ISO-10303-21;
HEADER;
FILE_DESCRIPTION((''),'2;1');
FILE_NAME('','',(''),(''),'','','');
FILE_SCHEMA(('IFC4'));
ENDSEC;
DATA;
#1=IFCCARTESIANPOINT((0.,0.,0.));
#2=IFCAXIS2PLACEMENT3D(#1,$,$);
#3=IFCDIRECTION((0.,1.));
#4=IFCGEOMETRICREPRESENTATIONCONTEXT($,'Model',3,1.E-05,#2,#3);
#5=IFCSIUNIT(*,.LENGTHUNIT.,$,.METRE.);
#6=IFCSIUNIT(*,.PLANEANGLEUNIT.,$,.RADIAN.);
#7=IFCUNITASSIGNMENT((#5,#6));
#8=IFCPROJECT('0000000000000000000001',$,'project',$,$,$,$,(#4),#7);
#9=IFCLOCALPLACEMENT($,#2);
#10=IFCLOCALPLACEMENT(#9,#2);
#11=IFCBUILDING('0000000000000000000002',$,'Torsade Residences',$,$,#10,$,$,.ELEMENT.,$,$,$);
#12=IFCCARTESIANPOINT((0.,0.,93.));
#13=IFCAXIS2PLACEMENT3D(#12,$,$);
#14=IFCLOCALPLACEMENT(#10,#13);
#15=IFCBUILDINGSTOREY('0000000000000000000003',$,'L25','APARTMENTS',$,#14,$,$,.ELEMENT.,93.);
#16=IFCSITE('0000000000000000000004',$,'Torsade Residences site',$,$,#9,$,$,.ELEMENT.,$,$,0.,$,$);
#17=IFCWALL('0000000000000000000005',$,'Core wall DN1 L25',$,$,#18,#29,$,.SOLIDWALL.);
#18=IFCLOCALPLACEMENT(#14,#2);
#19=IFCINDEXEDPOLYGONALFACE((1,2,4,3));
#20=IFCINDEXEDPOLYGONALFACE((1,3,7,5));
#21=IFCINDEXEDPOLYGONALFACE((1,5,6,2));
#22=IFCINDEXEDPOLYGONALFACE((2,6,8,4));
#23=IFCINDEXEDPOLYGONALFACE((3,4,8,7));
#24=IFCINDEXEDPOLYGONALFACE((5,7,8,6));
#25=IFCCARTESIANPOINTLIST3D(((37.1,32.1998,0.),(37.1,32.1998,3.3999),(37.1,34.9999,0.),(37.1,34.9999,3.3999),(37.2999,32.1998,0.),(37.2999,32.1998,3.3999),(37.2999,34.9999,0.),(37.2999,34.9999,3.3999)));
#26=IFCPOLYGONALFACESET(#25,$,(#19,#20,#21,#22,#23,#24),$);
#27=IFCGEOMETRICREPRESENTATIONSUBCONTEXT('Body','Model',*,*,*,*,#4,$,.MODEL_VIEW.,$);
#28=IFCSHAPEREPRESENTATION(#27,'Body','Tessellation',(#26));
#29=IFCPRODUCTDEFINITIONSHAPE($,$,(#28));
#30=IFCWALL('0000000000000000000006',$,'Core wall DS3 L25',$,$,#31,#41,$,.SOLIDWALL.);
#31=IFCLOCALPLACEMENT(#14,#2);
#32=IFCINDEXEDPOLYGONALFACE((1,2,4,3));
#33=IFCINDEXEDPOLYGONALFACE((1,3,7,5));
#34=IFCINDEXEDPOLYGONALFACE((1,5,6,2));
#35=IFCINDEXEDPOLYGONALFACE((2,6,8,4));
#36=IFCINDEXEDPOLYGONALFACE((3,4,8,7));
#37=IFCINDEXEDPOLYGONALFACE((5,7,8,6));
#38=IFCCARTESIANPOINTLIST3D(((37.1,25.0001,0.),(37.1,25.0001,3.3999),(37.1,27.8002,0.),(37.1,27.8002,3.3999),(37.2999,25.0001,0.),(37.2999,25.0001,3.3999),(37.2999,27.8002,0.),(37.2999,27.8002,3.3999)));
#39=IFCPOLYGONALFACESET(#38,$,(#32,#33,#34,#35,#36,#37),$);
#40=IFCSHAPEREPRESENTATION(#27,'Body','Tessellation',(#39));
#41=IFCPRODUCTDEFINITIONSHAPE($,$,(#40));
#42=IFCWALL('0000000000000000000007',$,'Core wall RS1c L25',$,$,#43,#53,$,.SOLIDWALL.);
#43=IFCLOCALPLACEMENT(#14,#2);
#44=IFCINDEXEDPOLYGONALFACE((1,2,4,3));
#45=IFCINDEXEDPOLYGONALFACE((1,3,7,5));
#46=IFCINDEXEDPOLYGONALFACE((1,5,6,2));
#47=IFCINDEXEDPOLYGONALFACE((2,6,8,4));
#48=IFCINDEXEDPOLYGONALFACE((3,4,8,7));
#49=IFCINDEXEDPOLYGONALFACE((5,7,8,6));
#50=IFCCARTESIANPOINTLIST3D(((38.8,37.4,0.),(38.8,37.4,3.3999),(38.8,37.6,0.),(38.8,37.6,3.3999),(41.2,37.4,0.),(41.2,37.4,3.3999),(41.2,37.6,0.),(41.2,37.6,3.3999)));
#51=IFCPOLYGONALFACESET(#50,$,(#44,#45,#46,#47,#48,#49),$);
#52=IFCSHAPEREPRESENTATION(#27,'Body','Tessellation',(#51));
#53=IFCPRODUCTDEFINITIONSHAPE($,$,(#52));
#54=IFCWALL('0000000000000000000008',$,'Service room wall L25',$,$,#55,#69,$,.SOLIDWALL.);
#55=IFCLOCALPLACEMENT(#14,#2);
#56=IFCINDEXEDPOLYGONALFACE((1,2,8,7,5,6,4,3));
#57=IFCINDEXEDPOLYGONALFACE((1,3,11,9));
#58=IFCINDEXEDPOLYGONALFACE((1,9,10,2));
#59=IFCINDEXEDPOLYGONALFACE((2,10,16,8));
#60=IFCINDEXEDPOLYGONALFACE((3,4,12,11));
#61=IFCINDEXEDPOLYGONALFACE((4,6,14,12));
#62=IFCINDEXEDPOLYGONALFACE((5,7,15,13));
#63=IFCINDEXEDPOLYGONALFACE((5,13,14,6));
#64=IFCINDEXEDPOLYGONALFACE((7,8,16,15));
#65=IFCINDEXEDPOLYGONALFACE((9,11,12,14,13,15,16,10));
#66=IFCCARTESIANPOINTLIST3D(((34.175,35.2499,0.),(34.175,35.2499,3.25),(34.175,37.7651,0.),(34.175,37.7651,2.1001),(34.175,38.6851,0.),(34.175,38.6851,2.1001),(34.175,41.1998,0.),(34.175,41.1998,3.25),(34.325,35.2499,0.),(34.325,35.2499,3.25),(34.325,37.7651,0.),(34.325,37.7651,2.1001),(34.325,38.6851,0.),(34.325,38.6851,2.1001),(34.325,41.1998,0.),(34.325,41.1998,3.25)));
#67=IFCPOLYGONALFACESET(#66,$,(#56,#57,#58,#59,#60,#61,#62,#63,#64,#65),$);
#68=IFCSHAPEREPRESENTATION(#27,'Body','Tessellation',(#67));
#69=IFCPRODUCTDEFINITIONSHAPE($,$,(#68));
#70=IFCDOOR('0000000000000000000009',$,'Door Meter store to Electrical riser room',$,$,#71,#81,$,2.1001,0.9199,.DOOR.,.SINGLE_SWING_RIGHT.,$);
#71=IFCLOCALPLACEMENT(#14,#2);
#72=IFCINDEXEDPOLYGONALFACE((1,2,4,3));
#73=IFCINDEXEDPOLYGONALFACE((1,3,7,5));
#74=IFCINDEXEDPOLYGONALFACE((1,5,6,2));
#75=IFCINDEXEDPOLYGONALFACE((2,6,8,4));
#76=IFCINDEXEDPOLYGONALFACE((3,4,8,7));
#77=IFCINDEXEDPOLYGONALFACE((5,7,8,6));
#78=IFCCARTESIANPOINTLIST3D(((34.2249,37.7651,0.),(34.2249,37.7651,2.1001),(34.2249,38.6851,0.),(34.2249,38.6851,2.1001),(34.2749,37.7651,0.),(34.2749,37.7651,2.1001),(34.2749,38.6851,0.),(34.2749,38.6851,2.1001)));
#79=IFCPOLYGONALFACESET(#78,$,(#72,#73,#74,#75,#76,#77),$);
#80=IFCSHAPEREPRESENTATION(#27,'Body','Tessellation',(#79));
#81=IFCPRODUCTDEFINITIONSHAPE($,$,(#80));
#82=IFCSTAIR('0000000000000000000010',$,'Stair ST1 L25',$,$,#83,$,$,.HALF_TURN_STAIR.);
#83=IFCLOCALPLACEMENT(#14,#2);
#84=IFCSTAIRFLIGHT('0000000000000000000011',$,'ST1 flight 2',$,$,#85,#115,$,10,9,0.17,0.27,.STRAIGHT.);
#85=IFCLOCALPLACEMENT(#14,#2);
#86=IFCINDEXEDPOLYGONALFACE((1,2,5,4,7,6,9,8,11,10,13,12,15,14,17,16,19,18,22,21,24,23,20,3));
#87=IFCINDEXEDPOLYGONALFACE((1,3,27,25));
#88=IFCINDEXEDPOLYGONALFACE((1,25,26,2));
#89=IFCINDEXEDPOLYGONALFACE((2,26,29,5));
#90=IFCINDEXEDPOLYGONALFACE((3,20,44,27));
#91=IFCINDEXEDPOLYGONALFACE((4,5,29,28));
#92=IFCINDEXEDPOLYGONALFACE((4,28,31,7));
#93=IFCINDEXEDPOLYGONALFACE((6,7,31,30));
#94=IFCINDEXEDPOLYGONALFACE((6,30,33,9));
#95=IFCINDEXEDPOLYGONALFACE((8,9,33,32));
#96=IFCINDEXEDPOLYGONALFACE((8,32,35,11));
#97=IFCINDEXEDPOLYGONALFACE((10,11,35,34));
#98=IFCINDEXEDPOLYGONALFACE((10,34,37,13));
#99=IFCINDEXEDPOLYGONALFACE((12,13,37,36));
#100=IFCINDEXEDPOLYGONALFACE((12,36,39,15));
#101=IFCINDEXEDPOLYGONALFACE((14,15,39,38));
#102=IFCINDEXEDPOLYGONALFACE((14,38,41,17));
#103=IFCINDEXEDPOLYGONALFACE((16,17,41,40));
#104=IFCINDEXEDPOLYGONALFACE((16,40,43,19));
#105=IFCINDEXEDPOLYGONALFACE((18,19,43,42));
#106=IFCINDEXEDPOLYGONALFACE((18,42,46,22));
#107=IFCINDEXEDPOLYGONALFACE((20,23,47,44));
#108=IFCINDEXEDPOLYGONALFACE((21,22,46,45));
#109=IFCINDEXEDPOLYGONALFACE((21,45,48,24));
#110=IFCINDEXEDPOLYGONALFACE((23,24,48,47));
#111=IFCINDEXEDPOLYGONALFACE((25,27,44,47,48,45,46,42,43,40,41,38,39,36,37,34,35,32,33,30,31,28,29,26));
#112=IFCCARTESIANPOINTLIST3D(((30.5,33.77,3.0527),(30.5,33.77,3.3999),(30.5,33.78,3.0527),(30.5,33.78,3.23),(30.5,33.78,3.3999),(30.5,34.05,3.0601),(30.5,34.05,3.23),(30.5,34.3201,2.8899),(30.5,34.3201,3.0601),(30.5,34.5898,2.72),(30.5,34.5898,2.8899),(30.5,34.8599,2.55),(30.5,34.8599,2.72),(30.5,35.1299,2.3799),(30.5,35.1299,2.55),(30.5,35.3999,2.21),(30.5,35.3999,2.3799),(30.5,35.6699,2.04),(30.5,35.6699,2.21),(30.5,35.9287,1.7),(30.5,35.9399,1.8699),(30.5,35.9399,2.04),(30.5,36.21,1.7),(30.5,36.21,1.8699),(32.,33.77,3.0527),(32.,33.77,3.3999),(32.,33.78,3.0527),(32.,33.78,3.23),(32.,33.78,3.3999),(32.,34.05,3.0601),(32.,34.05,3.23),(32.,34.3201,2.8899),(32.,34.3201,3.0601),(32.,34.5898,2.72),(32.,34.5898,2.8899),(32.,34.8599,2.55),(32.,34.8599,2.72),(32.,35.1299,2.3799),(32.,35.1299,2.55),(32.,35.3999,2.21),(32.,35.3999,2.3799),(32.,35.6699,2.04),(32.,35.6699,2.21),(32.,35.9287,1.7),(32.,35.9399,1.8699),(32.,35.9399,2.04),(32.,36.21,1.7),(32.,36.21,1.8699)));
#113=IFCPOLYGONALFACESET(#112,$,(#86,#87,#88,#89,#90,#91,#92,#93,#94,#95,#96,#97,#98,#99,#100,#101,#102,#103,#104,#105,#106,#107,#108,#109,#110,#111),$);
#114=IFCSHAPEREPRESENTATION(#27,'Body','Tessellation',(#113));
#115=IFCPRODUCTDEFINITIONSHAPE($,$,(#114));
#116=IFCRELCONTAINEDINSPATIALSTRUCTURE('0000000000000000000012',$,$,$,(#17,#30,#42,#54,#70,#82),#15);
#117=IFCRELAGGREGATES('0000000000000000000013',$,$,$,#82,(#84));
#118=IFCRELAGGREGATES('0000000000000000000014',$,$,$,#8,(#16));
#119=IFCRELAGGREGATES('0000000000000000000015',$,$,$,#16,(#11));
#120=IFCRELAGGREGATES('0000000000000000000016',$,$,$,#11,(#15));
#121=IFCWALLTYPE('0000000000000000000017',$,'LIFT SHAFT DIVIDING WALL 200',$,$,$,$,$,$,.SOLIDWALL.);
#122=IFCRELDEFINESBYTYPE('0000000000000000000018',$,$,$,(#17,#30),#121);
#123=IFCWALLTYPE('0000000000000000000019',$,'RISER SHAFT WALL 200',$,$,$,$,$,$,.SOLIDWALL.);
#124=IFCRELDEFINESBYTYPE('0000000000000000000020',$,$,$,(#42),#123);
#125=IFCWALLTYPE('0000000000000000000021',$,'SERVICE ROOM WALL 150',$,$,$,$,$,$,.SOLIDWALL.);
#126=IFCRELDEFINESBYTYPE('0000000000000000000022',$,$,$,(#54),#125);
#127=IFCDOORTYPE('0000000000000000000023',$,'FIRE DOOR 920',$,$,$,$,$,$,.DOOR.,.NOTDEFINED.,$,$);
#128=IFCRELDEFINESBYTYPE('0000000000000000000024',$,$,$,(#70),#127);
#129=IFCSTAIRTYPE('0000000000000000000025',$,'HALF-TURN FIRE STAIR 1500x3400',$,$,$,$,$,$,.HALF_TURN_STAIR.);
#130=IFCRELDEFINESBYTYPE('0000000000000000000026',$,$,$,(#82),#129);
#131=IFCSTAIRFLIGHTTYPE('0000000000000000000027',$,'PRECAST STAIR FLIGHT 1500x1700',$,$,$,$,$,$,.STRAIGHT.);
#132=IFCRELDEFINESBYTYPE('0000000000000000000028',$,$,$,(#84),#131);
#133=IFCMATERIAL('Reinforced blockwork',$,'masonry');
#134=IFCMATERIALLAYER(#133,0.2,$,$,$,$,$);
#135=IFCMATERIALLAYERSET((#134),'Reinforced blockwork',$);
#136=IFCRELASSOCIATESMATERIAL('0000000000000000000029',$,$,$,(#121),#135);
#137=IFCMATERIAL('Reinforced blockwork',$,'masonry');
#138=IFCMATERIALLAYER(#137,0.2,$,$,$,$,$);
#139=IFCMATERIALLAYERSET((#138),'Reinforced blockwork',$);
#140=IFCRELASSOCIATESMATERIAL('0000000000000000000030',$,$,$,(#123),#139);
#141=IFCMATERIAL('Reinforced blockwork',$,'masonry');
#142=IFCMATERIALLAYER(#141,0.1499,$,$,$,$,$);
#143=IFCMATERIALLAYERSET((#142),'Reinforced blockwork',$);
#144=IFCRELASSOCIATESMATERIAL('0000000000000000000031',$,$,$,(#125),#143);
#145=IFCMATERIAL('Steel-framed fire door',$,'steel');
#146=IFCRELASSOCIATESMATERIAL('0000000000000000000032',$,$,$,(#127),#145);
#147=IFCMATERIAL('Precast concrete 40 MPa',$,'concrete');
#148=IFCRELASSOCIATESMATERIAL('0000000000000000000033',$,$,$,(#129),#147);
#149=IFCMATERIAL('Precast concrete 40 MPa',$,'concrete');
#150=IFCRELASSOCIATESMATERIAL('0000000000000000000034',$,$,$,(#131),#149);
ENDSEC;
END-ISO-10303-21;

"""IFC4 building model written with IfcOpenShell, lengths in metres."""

from ifc_helpers import new_model, si_unit, direction, frame, frame_2d, origin, place, context, subcontext, project, spatial, polyline, rectangle, outline, extrude, material, layer, layer_set, type_object, element, fill, aggregate, save


model = new_model("IFC4")

# Units and contexts
model_context = context("Model", 3, precision=1e-05, world=origin(), true_north=direction((0.0, 1.0)))
body_context = subcontext(model_context, "Body", "Model", "MODEL_VIEW")
ifc_project = project(units=[si_unit("LENGTHUNIT", "METRE"), si_unit("PLANEANGLEUNIT", "RADIAN")], contexts=[model_context])

# Site, building, storey
site_placement = place(None, origin())
site = spatial("IfcSite", under=ifc_project, at=site_placement, Name="Torsade Residences site", CompositionType="ELEMENT", RefElevation=0.0)
building_placement = place(site_placement, origin())
building = spatial("IfcBuilding", under=site, at=building_placement, Name="Torsade Residences", CompositionType="ELEMENT")
storey_placement = place(building_placement, frame((0.0, 0.0, 93.0)))
storey = spatial("IfcBuildingStorey", under=building, at=storey_placement, Name="L25", Description="APARTMENTS", CompositionType="ELEMENT", Elevation=93.0)

# Walls
ifc_material_1 = material(Name="Reinforced blockwork", Category="masonry")
ifc_layer_1 = layer(ifc_material_1, 0.2)
ifc_layer_set_1 = layer_set([ifc_layer_1], Name="Reinforced blockwork")
wall_type_1 = type_object("IfcWallType", Name="LIFT SHAFT DIVIDING WALL 200", PredefinedType="SOLIDWALL", material=ifc_layer_set_1)
for number, where, z_axis, x_axis, name in (
    (1, (37.2, 32.2, 0.0), (0.0, 0.0, 1.0), (0.0, 1.0, 0.0), "Core wall DN1 L25"),
    (2, (37.2, 27.8, 0.0), (0.0, 0.0, 1.0), (0.0, -1.0, 0.0), "Core wall DS3 L25"),
):
    element("IfcWall", number, at=place(storey_placement, frame(where, z_axis=z_axis, x_axis=x_axis)), inside=storey, type_object=wall_type_1, Name=name, PredefinedType="SOLIDWALL", context=body_context, shape_type="SweptSolid", body=[
        extrude(rectangle(XDim=2.8, YDim=0.2, at=frame_2d((1.3999, 0.0))), origin(), (0.0, 0.0, 1.0), 3.3999),
    ])
ifc_material_2 = material(Name="Reinforced blockwork", Category="masonry")
ifc_layer_2 = layer(ifc_material_2, 0.2)
ifc_layer_set_2 = layer_set([ifc_layer_2], Name="Reinforced blockwork")
wall_type_2 = type_object("IfcWallType", Name="RISER SHAFT WALL 200", PredefinedType="SOLIDWALL", material=ifc_layer_set_2)
wall_1_placement = place(storey_placement, frame((38.8, 37.5, 0.0), z_axis=(0.0, 0.0, 1.0), x_axis=(1.0, 0.0, 0.0)))
element("IfcWall", 3, at=wall_1_placement, inside=storey, type_object=wall_type_2, Name="Core wall RS1c L25", PredefinedType="SOLIDWALL", context=body_context, shape_type="SweptSolid", body=[
    extrude(rectangle(XDim=2.3999, YDim=0.2, at=frame_2d((1.2, 0.0))), origin(), (0.0, 0.0, 1.0), 3.3999),
])

# Wall, opening, door
ifc_material_3 = material(Name="Reinforced blockwork", Category="masonry")
ifc_layer_3 = layer(ifc_material_3, 0.1499)
ifc_layer_set_3 = layer_set([ifc_layer_3], Name="Reinforced blockwork")
wall_type_3 = type_object("IfcWallType", Name="SERVICE ROOM WALL 150", PredefinedType="SOLIDWALL", material=ifc_layer_set_3)
wall_2_placement = place(storey_placement, frame((34.25, 41.2, 0.0), z_axis=(0.0, 0.0, 1.0), x_axis=(0.0, -1.0, 0.0)))
wall_2 = element("IfcWall", 4, at=wall_2_placement, inside=storey, type_object=wall_type_3, Name="Service room wall L25", PredefinedType="SOLIDWALL", context=body_context, shape_type="SweptSolid", body=[
    extrude(rectangle(XDim=5.95, YDim=0.1499, at=frame_2d((2.9751, 0.0))), origin(), (0.0, 0.0, 1.0), 3.25),
])
opening_placement = place(wall_2_placement, frame((2.5149, 0.0, 0.0)))
opening = element("IfcOpeningElement", 5, at=opening_placement, cuts=wall_2, PredefinedType="OPENING", context=body_context, shape_type="SweptSolid", body=[
    extrude(rectangle(XDim=0.9199, YDim=2.1001, at=frame_2d((0.46, 1.05))), frame((0.0, 0.085, 0.0), z_axis=(0.0, -1.0, 0.0), x_axis=(1.0, 0.0, 0.0)), (0.0, 0.0, 1.0), 0.1699),
])
ifc_material_4 = material(Name="Steel-framed fire door", Category="steel")
door_type = type_object("IfcDoorType", Name="FIRE DOOR 920", OperationType="NOTDEFINED", PredefinedType="DOOR", material=ifc_material_4)
door_placement = place(opening_placement, origin())
door = element("IfcDoor", 6, at=door_placement, inside=storey, type_object=door_type, Name="Door Meter store to Electrical riser room", OperationType="SINGLE_SWING_RIGHT", OverallHeight=2.1001, OverallWidth=0.9199, PredefinedType="DOOR", context=body_context, shape_type="SweptSolid", body=[
    extrude(rectangle(XDim=0.9199, YDim=2.1001, at=frame_2d((0.46, 1.05))), frame((0.0, 0.0249, 0.0), z_axis=(0.0, -1.0, 0.0), x_axis=(1.0, 0.0, 0.0)), (0.0, 0.0, 1.0), 0.05),
])
fill(opening, door)

# Stair, stair flight
ifc_material_5 = material(Name="Precast concrete 40 MPa", Category="concrete")
stair_type = type_object("IfcStairType", Name="HALF-TURN FIRE STAIR 1500x3400", PredefinedType="HALF_TURN_STAIR", material=ifc_material_5)
stair_placement = place(storey_placement, origin())
stair = element("IfcStair", 7, at=stair_placement, inside=storey, type_object=stair_type, Name="Stair ST1 L25", PredefinedType="HALF_TURN_STAIR")
ifc_material_6 = material(Name="Precast concrete 40 MPa", Category="concrete")
stair_flight_type = type_object("IfcStairFlightType", Name="PRECAST STAIR FLIGHT 1500x1700", PredefinedType="STRAIGHT", material=ifc_material_6)
stair_flight_placement = place(storey_placement, frame((31.25, 36.21, 1.7), z_axis=(0.0, 0.0, 1.0), x_axis=(0.0, -1.0, 0.0)))
stair_flight = element("IfcStairFlight", 8, at=stair_flight_placement, type_object=stair_flight_type, Name="ST1 flight 2", NumberOfRisers=10, NumberOfTreads=9, PredefinedType="STRAIGHT", RiserHeight=0.17, TreadLength=0.27, context=body_context, shape_type="SweptSolid", body=[
    extrude(outline(polyline([(0.0, 0.0), (0.0, 0.1699), (0.27, 0.1699), (0.27, 0.3401), (0.54, 0.3401), (0.54, 0.51), (0.8101, 0.51), (0.8101, 0.6799), (1.0801, 0.6799), (1.0801, 0.8501), (1.3501, 0.8501), (1.3501, 1.02), (1.6201, 1.02), (1.6201, 1.1899), (1.8899, 1.1899), (1.8899, 1.3601), (2.1599, 1.3601), (2.1599, 1.53), (2.4299, 1.53), (2.4299, 1.7), (2.4399, 1.7), (2.4399, 1.3528), (2.4299, 1.3528), (0.2812, 0.0), (0.0, 0.0)])), frame((0.0, 0.75, 0.0), z_axis=(0.0, -1.0, 0.0), x_axis=(1.0, 0.0, 0.0)), (0.0, 0.0, 1.0), 1.5),
])
aggregate(stair, [stair_flight])

save(model, "model.ifc")
